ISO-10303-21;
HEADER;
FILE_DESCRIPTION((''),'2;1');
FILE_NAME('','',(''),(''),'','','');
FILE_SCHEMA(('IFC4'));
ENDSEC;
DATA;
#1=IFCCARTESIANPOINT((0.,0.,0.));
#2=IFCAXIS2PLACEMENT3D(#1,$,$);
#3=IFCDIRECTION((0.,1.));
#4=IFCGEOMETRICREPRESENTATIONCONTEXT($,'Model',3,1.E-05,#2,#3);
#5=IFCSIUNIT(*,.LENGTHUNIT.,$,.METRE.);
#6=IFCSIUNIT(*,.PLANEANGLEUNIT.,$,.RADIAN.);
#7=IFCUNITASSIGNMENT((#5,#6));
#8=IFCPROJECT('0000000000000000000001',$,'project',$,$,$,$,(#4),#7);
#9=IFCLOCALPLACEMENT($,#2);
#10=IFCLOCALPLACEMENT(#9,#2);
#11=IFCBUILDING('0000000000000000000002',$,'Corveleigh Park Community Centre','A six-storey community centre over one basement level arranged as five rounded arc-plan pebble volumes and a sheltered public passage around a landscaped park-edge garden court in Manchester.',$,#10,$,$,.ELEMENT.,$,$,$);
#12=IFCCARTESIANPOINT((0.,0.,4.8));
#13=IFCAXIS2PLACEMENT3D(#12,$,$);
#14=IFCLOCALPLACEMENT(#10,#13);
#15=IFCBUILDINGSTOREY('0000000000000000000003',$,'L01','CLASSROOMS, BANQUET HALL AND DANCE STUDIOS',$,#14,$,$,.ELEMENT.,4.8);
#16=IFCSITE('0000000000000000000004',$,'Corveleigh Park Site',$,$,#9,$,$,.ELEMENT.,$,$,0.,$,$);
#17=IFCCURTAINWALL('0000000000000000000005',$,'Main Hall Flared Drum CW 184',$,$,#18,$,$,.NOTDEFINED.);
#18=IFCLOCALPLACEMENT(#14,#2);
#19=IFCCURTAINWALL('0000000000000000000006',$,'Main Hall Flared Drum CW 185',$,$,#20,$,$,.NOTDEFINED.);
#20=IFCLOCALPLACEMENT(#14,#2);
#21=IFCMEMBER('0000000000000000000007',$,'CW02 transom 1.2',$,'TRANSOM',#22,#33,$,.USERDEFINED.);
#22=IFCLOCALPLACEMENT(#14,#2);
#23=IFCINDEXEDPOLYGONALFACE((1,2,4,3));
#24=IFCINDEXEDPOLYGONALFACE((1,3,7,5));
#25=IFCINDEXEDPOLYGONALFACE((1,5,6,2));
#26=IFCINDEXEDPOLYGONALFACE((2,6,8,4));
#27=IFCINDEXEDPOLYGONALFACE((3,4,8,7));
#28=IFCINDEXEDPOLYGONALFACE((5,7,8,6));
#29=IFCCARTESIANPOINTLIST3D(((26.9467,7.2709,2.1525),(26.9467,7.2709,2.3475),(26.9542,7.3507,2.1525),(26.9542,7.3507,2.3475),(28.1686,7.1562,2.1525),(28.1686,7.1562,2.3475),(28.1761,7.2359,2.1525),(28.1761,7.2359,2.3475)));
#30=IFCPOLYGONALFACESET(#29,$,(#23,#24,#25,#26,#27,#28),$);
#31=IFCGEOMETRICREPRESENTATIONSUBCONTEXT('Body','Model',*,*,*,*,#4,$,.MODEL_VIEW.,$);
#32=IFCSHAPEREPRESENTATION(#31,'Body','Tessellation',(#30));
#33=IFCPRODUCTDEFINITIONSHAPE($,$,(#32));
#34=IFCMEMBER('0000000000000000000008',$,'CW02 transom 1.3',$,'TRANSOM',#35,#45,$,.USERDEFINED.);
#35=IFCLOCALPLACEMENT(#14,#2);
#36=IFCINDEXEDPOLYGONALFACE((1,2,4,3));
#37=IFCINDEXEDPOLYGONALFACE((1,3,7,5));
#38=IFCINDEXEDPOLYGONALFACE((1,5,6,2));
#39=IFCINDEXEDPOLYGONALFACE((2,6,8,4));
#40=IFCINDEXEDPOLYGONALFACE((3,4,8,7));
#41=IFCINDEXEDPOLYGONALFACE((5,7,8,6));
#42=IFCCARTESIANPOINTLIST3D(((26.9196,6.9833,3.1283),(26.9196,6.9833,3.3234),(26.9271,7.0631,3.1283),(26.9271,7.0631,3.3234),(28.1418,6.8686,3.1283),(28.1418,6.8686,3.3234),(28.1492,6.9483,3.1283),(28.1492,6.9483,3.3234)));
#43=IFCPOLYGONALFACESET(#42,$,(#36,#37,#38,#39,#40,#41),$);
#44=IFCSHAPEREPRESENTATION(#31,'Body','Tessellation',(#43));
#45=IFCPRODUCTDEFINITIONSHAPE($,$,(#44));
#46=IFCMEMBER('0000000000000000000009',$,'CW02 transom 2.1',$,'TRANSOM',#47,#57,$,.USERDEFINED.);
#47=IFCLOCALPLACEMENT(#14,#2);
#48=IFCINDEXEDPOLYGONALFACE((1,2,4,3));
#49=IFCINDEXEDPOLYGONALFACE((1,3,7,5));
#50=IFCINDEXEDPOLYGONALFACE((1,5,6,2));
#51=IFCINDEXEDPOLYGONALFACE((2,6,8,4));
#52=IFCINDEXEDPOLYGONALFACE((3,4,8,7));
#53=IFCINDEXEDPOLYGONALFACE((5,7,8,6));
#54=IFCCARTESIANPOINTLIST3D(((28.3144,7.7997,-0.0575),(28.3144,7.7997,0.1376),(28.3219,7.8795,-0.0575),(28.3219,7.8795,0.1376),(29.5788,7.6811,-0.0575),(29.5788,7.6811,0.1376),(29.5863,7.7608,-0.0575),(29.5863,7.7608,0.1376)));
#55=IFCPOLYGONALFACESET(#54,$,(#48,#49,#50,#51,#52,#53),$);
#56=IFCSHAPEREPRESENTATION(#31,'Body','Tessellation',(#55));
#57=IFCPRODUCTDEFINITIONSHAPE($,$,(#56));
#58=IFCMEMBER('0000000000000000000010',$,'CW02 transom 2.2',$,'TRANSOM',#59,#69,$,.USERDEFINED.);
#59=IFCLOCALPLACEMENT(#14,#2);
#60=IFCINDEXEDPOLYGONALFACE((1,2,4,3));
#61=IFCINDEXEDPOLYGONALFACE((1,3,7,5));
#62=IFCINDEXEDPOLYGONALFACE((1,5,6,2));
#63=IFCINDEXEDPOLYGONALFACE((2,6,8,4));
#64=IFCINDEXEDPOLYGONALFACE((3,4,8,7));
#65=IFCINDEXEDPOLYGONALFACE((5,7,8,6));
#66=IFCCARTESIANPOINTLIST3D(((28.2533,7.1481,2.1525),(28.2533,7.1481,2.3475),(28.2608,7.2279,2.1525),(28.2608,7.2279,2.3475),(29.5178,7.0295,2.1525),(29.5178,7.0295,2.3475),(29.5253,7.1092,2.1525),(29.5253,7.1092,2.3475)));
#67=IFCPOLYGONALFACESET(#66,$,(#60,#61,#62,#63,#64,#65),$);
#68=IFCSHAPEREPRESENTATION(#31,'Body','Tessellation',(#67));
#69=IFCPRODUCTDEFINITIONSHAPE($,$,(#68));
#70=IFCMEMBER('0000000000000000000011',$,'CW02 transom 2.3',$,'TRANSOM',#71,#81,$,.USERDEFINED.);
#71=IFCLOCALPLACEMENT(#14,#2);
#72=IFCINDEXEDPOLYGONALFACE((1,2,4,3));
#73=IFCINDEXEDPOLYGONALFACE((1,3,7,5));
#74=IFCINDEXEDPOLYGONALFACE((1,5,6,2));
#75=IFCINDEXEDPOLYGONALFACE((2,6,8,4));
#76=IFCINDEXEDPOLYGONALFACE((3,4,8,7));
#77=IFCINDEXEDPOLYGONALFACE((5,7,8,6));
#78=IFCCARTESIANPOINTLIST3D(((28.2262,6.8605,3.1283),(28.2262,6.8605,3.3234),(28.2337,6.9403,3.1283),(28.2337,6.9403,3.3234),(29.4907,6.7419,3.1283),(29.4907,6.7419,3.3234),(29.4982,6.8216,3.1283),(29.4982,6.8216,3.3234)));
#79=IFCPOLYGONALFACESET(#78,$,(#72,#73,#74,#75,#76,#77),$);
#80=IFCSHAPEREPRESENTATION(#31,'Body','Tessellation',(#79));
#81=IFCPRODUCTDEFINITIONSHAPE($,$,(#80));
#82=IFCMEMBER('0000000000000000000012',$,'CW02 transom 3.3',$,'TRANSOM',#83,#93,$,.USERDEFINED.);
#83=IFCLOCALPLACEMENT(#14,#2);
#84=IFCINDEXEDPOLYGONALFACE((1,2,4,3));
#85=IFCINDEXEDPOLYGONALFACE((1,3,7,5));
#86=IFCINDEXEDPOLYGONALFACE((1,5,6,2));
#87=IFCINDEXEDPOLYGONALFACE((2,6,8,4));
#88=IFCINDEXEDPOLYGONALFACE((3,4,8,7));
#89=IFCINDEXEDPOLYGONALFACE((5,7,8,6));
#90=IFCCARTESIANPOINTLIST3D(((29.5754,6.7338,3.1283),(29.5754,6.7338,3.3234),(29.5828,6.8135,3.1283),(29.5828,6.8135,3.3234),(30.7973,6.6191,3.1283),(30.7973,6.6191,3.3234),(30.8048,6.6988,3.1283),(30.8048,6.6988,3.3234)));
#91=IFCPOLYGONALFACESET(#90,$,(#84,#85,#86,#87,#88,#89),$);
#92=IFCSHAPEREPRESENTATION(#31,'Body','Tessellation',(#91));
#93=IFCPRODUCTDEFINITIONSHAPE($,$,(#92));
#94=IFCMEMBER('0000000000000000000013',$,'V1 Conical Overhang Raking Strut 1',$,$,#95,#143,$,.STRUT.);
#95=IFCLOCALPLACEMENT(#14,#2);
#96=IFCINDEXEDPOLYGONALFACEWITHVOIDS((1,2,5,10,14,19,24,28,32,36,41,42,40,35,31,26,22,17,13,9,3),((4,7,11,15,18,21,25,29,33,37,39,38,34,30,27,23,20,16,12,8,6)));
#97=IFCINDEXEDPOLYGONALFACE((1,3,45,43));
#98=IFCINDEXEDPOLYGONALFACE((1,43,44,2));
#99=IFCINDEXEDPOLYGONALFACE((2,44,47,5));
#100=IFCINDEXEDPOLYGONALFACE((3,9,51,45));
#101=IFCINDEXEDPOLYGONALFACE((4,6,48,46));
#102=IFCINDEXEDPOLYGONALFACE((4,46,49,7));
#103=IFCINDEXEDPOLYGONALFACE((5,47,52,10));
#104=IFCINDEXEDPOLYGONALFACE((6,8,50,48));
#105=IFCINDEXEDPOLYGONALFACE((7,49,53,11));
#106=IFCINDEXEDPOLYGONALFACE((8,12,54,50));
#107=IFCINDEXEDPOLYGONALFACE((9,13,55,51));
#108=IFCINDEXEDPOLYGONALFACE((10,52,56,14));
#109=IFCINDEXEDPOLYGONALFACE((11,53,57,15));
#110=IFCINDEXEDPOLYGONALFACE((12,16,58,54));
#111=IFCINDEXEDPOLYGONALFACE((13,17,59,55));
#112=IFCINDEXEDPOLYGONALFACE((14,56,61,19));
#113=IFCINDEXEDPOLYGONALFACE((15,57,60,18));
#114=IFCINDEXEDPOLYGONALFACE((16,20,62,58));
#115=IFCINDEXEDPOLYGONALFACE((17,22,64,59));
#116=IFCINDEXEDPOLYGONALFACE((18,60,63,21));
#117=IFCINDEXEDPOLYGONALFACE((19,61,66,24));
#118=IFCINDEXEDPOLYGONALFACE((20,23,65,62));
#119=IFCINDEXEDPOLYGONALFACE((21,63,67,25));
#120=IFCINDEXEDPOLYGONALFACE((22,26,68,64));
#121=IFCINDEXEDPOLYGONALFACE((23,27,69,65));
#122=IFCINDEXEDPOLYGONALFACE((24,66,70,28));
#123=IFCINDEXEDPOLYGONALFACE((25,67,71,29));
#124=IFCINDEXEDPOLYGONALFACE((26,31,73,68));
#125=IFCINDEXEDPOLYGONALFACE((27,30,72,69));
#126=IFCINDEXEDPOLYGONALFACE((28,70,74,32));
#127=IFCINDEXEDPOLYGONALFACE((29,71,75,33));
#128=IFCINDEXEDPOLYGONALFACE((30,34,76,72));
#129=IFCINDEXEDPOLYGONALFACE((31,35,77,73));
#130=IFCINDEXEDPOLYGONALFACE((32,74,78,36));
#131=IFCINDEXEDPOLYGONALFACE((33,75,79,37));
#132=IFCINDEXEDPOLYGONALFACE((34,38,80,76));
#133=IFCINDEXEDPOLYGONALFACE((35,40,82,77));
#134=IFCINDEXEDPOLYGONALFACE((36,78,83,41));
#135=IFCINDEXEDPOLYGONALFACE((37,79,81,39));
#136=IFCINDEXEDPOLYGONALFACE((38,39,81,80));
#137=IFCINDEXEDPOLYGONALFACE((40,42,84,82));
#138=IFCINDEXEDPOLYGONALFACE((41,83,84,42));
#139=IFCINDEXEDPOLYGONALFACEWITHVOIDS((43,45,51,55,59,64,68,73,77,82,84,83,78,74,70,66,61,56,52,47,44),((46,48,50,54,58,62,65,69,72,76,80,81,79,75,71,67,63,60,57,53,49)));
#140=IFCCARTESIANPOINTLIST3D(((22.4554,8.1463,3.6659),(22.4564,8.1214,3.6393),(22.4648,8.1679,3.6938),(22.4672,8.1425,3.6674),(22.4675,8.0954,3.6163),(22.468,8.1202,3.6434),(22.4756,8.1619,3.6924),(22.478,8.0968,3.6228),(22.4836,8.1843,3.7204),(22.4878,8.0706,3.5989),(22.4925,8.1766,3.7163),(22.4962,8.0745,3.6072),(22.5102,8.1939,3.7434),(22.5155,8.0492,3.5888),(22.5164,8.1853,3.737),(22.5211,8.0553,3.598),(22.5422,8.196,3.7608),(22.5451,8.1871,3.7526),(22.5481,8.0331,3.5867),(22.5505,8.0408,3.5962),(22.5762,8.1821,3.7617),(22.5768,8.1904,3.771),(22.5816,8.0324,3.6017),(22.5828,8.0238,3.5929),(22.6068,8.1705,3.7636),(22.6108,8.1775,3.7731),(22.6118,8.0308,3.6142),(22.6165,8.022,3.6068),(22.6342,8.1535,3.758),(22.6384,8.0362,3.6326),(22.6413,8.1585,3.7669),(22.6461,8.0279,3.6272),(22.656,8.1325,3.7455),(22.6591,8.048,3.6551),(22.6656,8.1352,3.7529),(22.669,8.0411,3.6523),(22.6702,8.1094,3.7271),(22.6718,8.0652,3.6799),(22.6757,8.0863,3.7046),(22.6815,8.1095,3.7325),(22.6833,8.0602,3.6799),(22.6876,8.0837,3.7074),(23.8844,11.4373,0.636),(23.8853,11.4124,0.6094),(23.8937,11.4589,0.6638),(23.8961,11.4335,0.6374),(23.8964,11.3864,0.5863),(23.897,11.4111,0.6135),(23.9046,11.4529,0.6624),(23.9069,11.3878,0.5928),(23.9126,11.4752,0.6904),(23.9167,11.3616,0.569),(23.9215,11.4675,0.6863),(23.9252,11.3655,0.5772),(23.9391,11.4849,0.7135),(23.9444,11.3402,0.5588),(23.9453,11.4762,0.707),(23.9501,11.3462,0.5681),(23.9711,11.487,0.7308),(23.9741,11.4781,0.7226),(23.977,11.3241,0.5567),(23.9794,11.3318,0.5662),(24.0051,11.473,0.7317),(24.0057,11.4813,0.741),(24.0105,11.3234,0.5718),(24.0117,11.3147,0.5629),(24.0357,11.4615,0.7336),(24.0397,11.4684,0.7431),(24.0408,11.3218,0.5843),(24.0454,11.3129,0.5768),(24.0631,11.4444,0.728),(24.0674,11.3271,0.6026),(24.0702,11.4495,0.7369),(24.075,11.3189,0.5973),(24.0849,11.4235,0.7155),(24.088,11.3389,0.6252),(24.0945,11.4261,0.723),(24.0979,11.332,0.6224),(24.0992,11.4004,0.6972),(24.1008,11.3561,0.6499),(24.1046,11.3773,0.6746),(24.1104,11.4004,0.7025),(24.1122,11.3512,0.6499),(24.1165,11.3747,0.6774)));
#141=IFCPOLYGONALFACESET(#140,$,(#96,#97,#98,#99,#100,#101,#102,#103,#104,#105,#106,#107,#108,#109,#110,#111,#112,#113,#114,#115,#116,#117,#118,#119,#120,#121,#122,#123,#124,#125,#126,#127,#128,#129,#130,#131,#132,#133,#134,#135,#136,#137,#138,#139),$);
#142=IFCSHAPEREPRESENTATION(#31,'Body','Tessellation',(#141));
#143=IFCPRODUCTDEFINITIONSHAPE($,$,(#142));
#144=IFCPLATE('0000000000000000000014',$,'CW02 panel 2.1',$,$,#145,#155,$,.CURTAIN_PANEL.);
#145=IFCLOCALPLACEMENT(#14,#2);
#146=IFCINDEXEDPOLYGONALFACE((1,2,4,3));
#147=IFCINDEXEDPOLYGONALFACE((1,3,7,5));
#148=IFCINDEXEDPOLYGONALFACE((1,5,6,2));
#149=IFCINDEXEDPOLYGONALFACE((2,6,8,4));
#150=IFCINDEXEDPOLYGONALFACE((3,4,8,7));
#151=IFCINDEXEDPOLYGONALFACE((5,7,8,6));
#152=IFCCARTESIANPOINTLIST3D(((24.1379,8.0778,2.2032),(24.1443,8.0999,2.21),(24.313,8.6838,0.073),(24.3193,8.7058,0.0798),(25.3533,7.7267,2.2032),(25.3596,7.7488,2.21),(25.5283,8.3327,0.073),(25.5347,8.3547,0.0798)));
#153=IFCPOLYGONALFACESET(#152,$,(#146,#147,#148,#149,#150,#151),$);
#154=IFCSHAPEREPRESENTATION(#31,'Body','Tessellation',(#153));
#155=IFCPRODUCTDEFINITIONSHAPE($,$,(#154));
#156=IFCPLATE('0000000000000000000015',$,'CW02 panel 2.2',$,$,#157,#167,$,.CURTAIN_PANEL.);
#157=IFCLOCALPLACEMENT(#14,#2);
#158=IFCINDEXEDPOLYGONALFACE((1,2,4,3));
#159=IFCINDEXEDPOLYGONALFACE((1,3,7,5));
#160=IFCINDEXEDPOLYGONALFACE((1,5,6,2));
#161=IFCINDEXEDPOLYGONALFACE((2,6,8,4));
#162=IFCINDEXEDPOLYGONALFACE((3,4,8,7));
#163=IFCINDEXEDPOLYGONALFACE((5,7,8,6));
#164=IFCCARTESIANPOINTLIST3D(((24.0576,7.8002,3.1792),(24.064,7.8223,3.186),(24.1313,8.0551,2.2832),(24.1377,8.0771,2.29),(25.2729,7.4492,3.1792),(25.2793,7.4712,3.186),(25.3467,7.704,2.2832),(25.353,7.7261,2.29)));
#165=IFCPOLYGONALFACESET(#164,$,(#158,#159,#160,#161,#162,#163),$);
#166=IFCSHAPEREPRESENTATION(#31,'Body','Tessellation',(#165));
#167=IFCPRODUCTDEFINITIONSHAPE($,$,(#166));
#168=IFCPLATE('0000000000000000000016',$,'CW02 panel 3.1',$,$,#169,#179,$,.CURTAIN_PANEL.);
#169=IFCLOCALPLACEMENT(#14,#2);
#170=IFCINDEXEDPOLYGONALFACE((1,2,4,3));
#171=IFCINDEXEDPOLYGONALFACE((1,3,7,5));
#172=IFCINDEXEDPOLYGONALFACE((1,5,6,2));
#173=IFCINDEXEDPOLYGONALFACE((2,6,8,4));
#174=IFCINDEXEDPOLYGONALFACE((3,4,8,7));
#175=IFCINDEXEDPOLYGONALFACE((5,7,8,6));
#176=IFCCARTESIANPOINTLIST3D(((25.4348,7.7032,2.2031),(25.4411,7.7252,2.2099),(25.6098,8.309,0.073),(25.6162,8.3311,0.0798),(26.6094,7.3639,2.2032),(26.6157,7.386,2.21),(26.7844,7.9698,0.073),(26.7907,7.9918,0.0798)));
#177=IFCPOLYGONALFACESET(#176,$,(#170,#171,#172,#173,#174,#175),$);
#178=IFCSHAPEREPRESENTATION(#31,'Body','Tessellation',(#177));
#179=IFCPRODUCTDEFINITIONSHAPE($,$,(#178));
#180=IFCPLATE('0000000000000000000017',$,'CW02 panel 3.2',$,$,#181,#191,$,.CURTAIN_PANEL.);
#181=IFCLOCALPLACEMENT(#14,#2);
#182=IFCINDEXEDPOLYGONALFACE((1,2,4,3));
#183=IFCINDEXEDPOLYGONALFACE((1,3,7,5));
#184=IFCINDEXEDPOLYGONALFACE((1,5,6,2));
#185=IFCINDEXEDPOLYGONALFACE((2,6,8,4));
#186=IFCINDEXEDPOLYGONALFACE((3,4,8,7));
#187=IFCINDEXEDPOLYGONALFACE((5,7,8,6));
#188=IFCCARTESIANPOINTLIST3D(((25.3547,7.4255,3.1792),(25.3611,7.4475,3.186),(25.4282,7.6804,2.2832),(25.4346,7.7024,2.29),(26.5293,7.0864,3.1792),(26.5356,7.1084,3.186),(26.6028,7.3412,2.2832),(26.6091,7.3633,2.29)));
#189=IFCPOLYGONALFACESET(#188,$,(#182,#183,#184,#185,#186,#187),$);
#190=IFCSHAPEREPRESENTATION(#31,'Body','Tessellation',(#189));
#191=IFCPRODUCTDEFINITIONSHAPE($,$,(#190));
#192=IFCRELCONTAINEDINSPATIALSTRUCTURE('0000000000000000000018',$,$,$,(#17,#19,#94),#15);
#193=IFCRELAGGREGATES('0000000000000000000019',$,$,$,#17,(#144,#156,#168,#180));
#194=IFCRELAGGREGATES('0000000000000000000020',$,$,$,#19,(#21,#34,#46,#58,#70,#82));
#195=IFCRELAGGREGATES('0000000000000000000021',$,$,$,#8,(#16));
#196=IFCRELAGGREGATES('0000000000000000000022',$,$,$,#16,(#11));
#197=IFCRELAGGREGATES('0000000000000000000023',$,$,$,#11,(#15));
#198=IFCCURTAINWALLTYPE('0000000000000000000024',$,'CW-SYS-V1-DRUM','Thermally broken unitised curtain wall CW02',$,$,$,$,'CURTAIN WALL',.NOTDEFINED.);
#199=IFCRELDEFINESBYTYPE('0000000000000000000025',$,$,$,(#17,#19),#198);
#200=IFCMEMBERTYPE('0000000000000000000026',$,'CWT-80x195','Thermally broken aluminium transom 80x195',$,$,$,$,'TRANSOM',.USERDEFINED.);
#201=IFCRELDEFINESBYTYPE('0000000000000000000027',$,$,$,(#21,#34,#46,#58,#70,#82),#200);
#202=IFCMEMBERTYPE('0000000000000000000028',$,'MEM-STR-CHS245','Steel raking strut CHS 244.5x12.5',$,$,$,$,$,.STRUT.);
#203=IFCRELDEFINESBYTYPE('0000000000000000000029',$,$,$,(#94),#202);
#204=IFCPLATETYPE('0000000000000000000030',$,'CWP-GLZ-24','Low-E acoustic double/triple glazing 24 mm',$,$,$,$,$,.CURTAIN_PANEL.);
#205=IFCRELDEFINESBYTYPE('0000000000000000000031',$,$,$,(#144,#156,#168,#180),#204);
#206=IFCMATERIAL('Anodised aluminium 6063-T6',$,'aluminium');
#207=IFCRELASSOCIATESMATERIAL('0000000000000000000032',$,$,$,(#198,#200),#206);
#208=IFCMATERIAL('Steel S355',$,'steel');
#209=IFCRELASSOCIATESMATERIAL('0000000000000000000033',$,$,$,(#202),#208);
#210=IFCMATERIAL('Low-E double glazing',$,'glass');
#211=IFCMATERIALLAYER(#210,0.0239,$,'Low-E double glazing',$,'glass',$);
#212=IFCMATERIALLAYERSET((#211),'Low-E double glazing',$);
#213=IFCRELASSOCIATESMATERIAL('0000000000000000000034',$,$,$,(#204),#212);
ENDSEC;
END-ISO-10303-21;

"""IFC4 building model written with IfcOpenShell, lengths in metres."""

from ifc_helpers import new_model, si_unit, direction, frame, origin, origin_2d, place, context, subcontext, project, spatial, polyline, rectangle, hollow_circle, outline, extrude, material, layer, layer_set, material_profile, profile_set, type_object, element, aggregate, save


model = new_model("IFC4")

# Units and contexts
model_context = context("Model", 3, precision=1e-05, world=origin(), true_north=direction((0.0, 1.0)))
body_context = subcontext(model_context, "Body", "Model", "MODEL_VIEW")
ifc_project = project(units=[si_unit("LENGTHUNIT", "METRE"), si_unit("PLANEANGLEUNIT", "RADIAN")], contexts=[model_context])

# Site, building, storey
site_placement = place(None, origin())
site = spatial("IfcSite", under=ifc_project, at=site_placement, Name="Corveleigh Park Site", CompositionType="ELEMENT", RefElevation=0.0)
building_placement = place(site_placement, origin())
building = spatial("IfcBuilding", under=site, at=building_placement, Name="Corveleigh Park Community Centre", Description="A six-storey community centre over one basement level arranged as five rounded arc-plan pebble volumes and a sheltered public passage around a landscaped park-edge garden court in Manchester.", CompositionType="ELEMENT")
storey_placement = place(building_placement, frame((0.0, 0.0, 4.8)))
storey = spatial("IfcBuildingStorey", under=building, at=storey_placement, Name="L01", Description="CLASSROOMS, BANQUET HALL AND DANCE STUDIOS", CompositionType="ELEMENT", Elevation=4.8)

# Shared definitions
ifc_material_1 = material(Name="Steel S355", Category="steel")

# Curtain walls
ifc_material_2 = material(Name="Anodised aluminium 6063-T6", Category="aluminium")
curtain_wall_type = type_object("IfcCurtainWallType", Name="CW-SYS-V1-DRUM", Description="Thermally broken unitised curtain wall CW02", ElementType="CURTAIN WALL", PredefinedType="NOTDEFINED", material=ifc_material_2)
curtain_wall_1_placement = place(storey_placement, origin())
curtain_wall_1 = element("IfcCurtainWall", 1, at=curtain_wall_1_placement, inside=storey, type_object=curtain_wall_type, Name="Main Hall Flared Drum CW 184", PredefinedType="NOTDEFINED")
curtain_wall_2_placement = place(storey_placement, origin())
curtain_wall_2 = element("IfcCurtainWall", 2, at=curtain_wall_2_placement, inside=storey, type_object=curtain_wall_type, Name="Main Hall Flared Drum CW 185", PredefinedType="NOTDEFINED")

# Members
ifc_material_profile_1 = material_profile(ifc_material_2, rectangle(XDim=0.0801, YDim=0.1951, at=origin_2d()), Name="ALU-T80x195", Category="aluminium")
ifc_profile_set_1 = profile_set([ifc_material_profile_1], Name="Anodised aluminium 6063-T6")
member_type_1 = type_object("IfcMemberType", Name="CWT-80x195", Description="Thermally broken aluminium transom 80x195", ElementType="TRANSOM", PredefinedType="USERDEFINED", material=ifc_profile_set_1)
member_1_placement = place(storey_placement, frame((26.9504, 7.3108, 2.25), z_axis=(0.99562, -0.093495, 0.0), x_axis=(0.093495, 0.99562, 0.0)))
member_1 = element("IfcMember", 3, at=member_1_placement, type_object=member_type_1, Name="CW02 transom 1.2", ObjectType="TRANSOM", PredefinedType="USERDEFINED", context=body_context, shape_type="SweptSolid", body=[
    extrude(rectangle(XDim=0.0801, YDim=0.1951, at=origin_2d()), origin(), (0.0, 0.0, 1.0), 1.2273),
])
member_2_placement = place(storey_placement, frame((26.9233, 7.0232, 3.2258), z_axis=(0.995622, -0.093476, 0.0), x_axis=(0.093476, 0.995622, 0.0)))
member_2 = element("IfcMember", 4, at=member_2_placement, type_object=member_type_1, Name="CW02 transom 1.3", ObjectType="TRANSOM", PredefinedType="USERDEFINED", context=body_context, shape_type="SweptSolid", body=[
    extrude(rectangle(XDim=0.0801, YDim=0.1951, at=origin_2d()), origin(), (0.0, 0.0, 1.0), 1.2275),
])
member_3_placement = place(storey_placement, frame((28.3181, 7.8396, 0.04), z_axis=(0.995626, -0.09343, 0.0), x_axis=(0.09343, 0.995626, 0.0)))
member_3 = element("IfcMember", 5, at=member_3_placement, type_object=member_type_1, Name="CW02 transom 2.1", ObjectType="TRANSOM", PredefinedType="USERDEFINED", context=body_context, shape_type="SweptSolid", body=[
    extrude(rectangle(XDim=0.0801, YDim=0.1951, at=origin_2d()), origin(), (0.0, 0.0, 1.0), 1.27),
])
member_4_placement = place(storey_placement, frame((28.2571, 7.188, 2.25), z_axis=(0.995626, -0.09343, 0.0), x_axis=(0.09343, 0.995626, 0.0)))
member_4 = element("IfcMember", 6, at=member_4_placement, type_object=member_type_1, Name="CW02 transom 2.2", ObjectType="TRANSOM", PredefinedType="USERDEFINED", context=body_context, shape_type="SweptSolid", body=[
    extrude(rectangle(XDim=0.0801, YDim=0.1951, at=origin_2d()), origin(), (0.0, 0.0, 1.0), 1.27),
])
member_5_placement = place(storey_placement, frame((28.23, 6.9004, 3.2258), z_axis=(0.995626, -0.09343, 0.0), x_axis=(0.09343, 0.995626, 0.0)))
member_5 = element("IfcMember", 7, at=member_5_placement, type_object=member_type_1, Name="CW02 transom 2.3", ObjectType="TRANSOM", PredefinedType="USERDEFINED", context=body_context, shape_type="SweptSolid", body=[
    extrude(rectangle(XDim=0.0801, YDim=0.1951, at=origin_2d()), origin(), (0.0, 0.0, 1.0), 1.27),
])
member_6_placement = place(storey_placement, frame((29.5791, 6.7737, 3.2258), z_axis=(0.99562, -0.093495, 0.0), x_axis=(0.093495, 0.99562, 0.0)))
member_6 = element("IfcMember", 8, at=member_6_placement, type_object=member_type_1, Name="CW02 transom 3.3", ObjectType="TRANSOM", PredefinedType="USERDEFINED", context=body_context, shape_type="SweptSolid", body=[
    extrude(rectangle(XDim=0.0801, YDim=0.1951, at=origin_2d()), origin(), (0.0, 0.0, 1.0), 1.2273),
])
ifc_material_profile_2 = material_profile(ifc_material_1, hollow_circle(Radius=0.1223, WallThickness=0.0125, at=origin_2d()), Name="CHS 244.5x12.5", Category="steel")
ifc_profile_set_2 = profile_set([ifc_material_profile_2], Name="Steel S355")
member_type_2 = type_object("IfcMemberType", Name="MEM-STR-CHS245", Description="Steel raking strut CHS 244.5x12.5", PredefinedType="STRUT", material=ifc_profile_set_2)
member_7_placement = place(storey_placement, frame((24.0, 11.3999, 0.6499), z_axis=(-0.304283, -0.700791, 0.645216), x_axis=(0.917266, -0.398276, 0.0)))
element("IfcMember", 9, at=member_7_placement, inside=storey, type_object=member_type_2, Name="V1 Conical Overhang Raking Strut 1", PredefinedType="STRUT", context=body_context, shape_type="SweptSolid", body=[
    extrude(hollow_circle(Radius=0.1223, WallThickness=0.0125, at=origin_2d()), origin(), (0.0, 0.0, 1.0), 4.696),
])

# Plates
ifc_material_3 = material(Name="Low-E double glazing", Category="glass")
ifc_layer_1 = layer(ifc_material_3, 0.0239, Name="Low-E double glazing", Category="glass")
ifc_layer_set_1 = layer_set([ifc_layer_1], Name="Low-E double glazing")
plate_type_1 = type_object("IfcPlateType", Name="CWP-GLZ-24", Description="Low-E acoustic double/triple glazing 24 mm", PredefinedType="CURTAIN_PANEL", material=ifc_layer_set_1)
plate_1_placement = place(storey_placement, frame((24.3193, 8.7058, 0.0798), z_axis=(0.266103, 0.921184, 0.283917), x_axis=(0.960719, -0.277524, 0.0)))
plate_1 = element("IfcPlate", 10, at=plate_1_placement, type_object=plate_type_1, Name="CW02 panel 2.1", PredefinedType="CURTAIN_PANEL", context=body_context, shape_type="SweptSolid", body=[
    extrude(outline(polyline([(0.0, 0.0), (1.265, 0.0), (1.265, -2.2215), (0.0, -2.2215), (0.0, 0.0)])), origin(), (0.0, 0.0, -1.0), 0.0239),
])
plate_2_placement = place(storey_placement, frame((24.1377, 8.0771, 2.29), z_axis=(0.266101, 0.921177, 0.283943), x_axis=(0.960719, -0.277524, 0.0)))
plate_2 = element("IfcPlate", 11, at=plate_2_placement, type_object=plate_type_1, Name="CW02 panel 2.2", PredefinedType="CURTAIN_PANEL", context=body_context, shape_type="SweptSolid", body=[
    extrude(outline(polyline([(0.0, 0.0), (1.265, 0.0), (1.2649, -0.9345), (-0.0001, -0.9345), (0.0, 0.0)])), origin(), (0.0, 0.0, -1.0), 0.0239),
])
plate_3_placement = place(storey_placement, frame((25.6162, 8.3311, 0.0798), z_axis=(0.266062, 0.921211, 0.283868), x_axis=(0.960735, -0.277469, -0.000026)))
plate_3 = element("IfcPlate", 12, at=plate_3_placement, type_object=plate_type_1, Name="CW02 panel 3.1", PredefinedType="CURTAIN_PANEL", context=body_context, shape_type="SweptSolid", body=[
    extrude(outline(polyline([(0.0, 0.0), (1.2225, 0.0), (1.2224, -2.2215), (-0.0002, -2.2215), (0.0, 0.0)])), origin(), (0.0, 0.0, -1.0), 0.0239),
])
plate_4_placement = place(storey_placement, frame((25.4346, 7.7024, 2.29), z_axis=(0.265973, 0.921234, 0.283876), x_axis=(0.960759, -0.277384, 0.0)))
plate_4 = element("IfcPlate", 13, at=plate_4_placement, type_object=plate_type_1, Name="CW02 panel 3.2", PredefinedType="CURTAIN_PANEL", context=body_context, shape_type="SweptSolid", body=[
    extrude(outline(polyline([(0.0, 0.0), (1.2225, 0.0), (1.2226, -0.9344), (0.0001, -0.9344), (0.0, 0.0)])), origin(), (0.0, 0.0, -1.0), 0.0239),
])
aggregate(curtain_wall_1, [plate_1, plate_2, plate_3, plate_4])
aggregate(curtain_wall_2, [member_1, member_2, member_3, member_4, member_5, member_6])

save(model, "model.ifc")
